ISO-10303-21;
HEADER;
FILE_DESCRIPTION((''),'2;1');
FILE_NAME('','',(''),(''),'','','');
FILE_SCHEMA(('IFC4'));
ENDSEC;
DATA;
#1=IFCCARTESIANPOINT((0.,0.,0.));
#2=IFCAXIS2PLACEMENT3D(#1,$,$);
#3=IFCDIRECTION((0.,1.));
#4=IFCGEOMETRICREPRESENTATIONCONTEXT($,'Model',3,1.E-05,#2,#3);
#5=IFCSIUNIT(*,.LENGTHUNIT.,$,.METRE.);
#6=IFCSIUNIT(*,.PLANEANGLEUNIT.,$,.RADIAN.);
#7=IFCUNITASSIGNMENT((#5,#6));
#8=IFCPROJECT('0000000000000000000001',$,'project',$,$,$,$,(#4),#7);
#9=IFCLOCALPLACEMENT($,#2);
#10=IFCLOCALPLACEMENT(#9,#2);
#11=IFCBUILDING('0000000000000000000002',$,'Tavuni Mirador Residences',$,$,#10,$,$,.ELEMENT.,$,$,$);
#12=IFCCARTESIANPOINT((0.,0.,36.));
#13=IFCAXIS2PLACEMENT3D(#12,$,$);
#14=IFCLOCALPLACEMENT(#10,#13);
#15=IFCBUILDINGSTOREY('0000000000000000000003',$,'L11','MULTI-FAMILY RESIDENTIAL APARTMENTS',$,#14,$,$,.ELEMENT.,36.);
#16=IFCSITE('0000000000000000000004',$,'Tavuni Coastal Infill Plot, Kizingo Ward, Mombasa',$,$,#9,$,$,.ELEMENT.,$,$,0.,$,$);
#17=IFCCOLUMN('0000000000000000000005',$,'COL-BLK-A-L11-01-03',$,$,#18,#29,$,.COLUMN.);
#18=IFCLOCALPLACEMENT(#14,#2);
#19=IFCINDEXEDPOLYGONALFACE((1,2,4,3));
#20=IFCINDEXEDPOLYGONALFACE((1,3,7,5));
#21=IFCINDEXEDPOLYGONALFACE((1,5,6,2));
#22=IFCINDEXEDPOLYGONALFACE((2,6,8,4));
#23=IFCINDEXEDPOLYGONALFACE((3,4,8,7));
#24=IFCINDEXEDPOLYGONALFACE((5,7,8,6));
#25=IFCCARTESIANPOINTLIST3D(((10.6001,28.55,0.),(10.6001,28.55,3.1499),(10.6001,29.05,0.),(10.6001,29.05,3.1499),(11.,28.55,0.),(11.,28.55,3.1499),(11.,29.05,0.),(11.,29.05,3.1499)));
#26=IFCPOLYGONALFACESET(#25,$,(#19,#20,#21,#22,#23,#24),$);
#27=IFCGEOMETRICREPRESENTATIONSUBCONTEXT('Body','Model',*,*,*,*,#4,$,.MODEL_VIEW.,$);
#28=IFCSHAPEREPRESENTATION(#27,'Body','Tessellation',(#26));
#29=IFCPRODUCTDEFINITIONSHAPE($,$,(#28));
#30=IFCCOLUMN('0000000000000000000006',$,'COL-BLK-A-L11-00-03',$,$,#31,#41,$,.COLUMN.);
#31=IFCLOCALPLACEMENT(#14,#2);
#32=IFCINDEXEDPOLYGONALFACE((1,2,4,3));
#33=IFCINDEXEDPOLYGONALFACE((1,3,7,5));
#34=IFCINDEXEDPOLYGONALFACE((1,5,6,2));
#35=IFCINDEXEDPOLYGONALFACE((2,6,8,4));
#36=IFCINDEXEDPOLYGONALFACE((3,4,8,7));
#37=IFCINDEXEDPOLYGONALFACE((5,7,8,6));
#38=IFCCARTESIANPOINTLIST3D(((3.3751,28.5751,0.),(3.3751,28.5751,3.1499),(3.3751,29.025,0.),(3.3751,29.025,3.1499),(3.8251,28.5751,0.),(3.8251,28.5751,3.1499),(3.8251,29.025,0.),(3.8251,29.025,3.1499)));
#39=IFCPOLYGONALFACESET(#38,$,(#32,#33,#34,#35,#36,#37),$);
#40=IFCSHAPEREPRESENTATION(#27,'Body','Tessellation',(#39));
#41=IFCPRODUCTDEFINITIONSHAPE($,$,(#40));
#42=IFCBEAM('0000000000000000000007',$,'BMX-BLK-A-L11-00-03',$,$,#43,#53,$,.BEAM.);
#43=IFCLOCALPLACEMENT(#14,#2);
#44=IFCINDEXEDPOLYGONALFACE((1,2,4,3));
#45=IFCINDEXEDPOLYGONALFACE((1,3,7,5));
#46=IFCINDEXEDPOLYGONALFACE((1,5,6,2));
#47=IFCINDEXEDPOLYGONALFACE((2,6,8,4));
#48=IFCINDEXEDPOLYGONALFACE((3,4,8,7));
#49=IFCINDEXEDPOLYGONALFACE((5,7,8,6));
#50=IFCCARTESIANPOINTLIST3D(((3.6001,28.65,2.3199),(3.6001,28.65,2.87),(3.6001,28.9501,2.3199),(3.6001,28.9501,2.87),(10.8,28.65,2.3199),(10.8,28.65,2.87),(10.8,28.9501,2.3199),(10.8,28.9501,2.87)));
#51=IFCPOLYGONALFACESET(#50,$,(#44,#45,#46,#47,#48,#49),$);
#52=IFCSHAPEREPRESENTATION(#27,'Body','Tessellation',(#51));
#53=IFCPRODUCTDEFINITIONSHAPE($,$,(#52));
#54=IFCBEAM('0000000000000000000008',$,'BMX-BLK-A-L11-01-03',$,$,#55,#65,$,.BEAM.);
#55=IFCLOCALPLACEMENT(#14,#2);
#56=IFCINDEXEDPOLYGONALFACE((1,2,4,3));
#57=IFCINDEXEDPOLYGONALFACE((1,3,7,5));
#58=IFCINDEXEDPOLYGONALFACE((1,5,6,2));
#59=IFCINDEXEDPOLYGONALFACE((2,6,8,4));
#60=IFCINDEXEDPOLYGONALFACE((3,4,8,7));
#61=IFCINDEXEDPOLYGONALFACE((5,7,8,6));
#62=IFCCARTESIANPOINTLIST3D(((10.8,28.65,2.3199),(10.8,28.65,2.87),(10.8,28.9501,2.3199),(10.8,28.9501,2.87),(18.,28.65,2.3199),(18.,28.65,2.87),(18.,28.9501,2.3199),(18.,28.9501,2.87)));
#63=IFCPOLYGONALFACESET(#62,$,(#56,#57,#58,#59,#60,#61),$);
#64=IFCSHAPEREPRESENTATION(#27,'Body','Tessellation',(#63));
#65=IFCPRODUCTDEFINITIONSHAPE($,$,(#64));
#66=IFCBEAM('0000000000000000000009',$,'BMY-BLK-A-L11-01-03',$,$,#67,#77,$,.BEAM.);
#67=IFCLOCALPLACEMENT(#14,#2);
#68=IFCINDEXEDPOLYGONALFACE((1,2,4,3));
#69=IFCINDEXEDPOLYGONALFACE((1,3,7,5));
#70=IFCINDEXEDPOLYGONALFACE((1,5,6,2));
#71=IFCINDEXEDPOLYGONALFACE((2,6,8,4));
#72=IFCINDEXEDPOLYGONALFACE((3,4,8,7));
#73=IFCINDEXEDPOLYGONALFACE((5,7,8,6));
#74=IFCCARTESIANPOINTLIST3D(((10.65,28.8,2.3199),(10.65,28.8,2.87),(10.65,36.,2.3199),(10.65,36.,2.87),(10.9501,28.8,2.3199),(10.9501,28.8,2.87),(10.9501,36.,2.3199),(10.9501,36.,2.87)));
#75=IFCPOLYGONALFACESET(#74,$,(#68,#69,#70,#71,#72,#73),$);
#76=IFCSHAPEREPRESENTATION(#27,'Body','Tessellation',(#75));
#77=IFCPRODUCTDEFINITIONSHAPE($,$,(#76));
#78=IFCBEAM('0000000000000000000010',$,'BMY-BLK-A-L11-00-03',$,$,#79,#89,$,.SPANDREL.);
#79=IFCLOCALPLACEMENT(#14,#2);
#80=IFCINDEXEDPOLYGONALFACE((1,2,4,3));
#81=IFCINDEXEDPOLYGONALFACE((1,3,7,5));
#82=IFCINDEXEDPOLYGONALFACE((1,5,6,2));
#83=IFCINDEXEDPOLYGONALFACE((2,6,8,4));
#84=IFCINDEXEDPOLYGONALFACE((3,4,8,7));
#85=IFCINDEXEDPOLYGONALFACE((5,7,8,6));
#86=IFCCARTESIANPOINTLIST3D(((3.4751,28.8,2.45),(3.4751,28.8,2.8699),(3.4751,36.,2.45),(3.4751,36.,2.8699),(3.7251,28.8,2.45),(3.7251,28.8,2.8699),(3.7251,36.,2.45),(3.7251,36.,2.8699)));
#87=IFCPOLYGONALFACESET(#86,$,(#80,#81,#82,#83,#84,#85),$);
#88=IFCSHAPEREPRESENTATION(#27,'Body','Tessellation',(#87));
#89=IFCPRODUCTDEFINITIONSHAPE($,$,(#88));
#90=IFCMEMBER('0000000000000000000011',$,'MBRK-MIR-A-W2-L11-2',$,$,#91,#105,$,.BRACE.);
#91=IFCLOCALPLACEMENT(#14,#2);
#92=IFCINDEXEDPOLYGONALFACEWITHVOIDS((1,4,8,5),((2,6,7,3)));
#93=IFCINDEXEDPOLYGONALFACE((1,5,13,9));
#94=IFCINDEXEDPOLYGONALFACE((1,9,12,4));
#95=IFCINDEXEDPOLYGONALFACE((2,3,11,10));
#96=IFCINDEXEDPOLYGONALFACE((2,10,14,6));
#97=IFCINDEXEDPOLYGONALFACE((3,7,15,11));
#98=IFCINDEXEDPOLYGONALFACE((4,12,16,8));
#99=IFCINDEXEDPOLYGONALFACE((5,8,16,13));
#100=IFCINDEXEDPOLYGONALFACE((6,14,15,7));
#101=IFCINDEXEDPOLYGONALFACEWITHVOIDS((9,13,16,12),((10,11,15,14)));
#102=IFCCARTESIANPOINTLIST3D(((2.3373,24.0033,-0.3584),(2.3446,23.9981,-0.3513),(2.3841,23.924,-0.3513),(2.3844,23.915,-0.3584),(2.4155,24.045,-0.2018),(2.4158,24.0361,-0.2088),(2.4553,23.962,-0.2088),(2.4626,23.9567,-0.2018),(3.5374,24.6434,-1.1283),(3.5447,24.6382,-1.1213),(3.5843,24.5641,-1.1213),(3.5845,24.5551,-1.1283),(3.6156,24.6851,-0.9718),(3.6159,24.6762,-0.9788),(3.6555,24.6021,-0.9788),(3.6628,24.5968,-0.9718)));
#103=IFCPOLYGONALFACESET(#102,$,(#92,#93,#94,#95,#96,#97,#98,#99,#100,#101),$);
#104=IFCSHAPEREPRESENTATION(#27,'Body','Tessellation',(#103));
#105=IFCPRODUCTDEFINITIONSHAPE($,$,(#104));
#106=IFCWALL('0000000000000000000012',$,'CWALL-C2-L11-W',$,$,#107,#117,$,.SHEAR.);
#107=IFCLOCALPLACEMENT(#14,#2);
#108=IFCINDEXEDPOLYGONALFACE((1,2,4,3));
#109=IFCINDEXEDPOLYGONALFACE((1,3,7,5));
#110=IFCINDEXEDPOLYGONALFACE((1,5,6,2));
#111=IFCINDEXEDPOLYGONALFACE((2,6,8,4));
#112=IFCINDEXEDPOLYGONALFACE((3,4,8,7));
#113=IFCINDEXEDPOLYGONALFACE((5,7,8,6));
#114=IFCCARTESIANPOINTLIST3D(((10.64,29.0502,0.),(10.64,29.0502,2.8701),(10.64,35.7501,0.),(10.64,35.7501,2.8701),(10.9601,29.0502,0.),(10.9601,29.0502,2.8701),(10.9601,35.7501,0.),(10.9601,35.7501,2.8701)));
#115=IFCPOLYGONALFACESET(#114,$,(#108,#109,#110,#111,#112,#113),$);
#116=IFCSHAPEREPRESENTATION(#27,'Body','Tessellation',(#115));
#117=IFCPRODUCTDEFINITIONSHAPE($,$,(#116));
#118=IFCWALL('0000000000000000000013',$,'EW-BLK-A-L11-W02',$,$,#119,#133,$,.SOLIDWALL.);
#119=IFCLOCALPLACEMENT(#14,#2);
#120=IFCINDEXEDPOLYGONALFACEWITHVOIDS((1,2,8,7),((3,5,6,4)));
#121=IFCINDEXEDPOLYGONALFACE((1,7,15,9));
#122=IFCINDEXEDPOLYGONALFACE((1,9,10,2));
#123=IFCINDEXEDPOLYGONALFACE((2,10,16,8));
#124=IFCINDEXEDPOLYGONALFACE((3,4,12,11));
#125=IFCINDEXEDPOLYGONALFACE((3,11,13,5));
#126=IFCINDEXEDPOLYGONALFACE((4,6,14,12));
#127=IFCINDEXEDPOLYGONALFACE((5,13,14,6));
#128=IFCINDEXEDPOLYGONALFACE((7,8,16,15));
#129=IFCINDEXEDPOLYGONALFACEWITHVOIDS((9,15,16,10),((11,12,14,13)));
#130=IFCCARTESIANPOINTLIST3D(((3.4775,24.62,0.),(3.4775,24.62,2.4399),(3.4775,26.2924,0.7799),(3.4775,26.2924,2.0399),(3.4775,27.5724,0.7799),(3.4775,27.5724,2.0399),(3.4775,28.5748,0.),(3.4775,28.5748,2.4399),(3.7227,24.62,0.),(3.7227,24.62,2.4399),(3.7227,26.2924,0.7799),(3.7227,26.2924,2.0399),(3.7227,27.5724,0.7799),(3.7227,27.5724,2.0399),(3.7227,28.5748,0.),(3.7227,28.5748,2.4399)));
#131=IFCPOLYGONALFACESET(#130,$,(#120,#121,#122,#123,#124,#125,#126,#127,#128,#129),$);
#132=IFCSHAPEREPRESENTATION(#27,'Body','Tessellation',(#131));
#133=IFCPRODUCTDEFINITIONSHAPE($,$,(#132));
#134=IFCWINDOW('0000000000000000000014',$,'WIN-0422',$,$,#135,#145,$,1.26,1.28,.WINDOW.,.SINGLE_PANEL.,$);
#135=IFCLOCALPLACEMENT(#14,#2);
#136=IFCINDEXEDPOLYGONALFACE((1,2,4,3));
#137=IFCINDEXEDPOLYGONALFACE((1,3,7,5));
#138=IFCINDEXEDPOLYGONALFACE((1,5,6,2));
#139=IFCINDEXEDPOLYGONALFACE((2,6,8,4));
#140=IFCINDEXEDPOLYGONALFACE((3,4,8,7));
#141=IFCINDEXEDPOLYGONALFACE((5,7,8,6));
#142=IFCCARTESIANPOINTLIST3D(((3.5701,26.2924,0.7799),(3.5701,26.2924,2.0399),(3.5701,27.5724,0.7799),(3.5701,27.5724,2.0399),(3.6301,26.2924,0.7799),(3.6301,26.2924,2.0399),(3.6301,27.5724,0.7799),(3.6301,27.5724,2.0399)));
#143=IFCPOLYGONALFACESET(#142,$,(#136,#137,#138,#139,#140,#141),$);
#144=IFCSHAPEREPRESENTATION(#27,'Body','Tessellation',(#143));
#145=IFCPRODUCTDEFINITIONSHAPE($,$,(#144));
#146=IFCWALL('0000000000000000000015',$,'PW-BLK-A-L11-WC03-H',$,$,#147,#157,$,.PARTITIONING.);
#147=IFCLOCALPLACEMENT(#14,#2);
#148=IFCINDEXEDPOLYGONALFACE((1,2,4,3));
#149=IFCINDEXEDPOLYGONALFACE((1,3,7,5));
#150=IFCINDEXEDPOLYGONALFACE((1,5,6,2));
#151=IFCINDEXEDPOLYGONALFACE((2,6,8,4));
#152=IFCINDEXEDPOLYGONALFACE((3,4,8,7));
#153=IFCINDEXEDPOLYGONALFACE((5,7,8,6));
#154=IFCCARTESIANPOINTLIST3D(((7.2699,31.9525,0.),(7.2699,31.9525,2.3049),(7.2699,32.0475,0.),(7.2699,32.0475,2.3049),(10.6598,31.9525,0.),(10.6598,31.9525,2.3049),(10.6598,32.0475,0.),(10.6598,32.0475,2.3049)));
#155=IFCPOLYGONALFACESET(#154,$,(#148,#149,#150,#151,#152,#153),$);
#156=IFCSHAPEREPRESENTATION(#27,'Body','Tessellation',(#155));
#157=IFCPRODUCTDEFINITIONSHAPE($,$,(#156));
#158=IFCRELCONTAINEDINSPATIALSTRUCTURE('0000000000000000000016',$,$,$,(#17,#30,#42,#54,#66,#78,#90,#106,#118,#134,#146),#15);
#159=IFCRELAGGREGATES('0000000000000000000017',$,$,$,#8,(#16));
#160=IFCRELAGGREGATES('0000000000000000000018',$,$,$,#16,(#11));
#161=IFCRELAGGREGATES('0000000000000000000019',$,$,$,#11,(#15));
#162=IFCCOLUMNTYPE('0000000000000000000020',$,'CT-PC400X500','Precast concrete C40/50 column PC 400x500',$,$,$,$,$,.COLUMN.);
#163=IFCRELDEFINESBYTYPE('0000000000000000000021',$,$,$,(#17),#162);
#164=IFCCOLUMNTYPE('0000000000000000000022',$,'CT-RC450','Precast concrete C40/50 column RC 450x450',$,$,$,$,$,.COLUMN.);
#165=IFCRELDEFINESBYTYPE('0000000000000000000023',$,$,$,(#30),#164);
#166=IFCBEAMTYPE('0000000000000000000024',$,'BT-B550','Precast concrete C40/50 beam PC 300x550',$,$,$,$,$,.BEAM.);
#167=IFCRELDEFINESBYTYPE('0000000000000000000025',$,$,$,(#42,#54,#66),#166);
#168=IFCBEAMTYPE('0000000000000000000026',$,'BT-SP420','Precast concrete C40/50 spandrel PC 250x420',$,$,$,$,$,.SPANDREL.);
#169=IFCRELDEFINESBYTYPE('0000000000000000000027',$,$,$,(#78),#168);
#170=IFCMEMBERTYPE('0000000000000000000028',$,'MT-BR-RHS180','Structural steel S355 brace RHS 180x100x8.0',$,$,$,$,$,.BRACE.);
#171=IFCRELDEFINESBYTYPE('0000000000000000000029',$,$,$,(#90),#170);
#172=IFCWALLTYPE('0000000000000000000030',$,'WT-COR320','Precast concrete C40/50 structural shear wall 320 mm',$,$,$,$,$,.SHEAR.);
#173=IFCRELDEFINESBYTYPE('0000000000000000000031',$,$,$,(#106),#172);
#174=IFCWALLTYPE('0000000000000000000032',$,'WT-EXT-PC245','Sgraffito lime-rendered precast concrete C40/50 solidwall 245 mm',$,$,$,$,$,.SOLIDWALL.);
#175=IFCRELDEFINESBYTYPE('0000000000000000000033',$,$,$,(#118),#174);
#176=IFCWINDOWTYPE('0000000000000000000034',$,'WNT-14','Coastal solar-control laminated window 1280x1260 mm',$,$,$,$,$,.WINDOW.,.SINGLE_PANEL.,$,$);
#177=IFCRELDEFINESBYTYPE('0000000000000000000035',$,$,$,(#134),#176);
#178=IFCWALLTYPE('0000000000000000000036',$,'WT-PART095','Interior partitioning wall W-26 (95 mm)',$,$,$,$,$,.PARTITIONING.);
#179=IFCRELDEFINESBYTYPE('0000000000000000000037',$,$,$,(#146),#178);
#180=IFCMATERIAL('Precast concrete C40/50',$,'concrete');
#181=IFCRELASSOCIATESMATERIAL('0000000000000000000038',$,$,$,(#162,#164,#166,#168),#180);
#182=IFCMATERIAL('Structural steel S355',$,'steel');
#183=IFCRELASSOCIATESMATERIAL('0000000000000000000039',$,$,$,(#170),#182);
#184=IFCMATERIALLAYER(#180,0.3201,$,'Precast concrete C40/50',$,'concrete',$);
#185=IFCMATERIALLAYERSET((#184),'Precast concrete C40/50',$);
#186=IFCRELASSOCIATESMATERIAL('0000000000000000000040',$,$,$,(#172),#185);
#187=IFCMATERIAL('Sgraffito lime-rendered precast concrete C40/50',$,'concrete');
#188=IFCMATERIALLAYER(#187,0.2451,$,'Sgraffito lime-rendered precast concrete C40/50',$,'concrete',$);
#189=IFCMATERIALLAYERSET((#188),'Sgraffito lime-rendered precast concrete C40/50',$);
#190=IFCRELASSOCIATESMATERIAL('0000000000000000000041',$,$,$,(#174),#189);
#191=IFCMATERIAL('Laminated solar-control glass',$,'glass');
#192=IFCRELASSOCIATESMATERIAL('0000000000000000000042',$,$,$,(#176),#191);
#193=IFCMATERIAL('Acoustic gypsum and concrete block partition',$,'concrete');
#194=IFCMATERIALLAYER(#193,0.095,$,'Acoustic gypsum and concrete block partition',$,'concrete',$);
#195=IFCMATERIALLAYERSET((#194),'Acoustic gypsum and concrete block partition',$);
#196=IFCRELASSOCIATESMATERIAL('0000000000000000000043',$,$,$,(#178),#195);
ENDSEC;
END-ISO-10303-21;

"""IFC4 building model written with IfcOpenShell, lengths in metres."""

from ifc_helpers import new_model, si_unit, direction, frame, frame_2d, origin, origin_2d, place, context, subcontext, project, spatial, rectangle, hollow_rectangle, extrude, material, layer, layer_set, material_profile, profile_set, type_object, element, fill, save


model = new_model("IFC4")

# Units and contexts
model_context = context("Model", 3, precision=1e-05, world=origin(), true_north=direction((0.0, 1.0)))
body_context = subcontext(model_context, "Body", "Model", "MODEL_VIEW")
ifc_project = project(units=[si_unit("LENGTHUNIT", "METRE"), si_unit("PLANEANGLEUNIT", "RADIAN")], contexts=[model_context])

# Site, building, storey
site_placement = place(None, origin())
site = spatial("IfcSite", under=ifc_project, at=site_placement, Name="Tavuni Coastal Infill Plot, Kizingo Ward, Mombasa", CompositionType="ELEMENT", RefElevation=0.0)
building_placement = place(site_placement, origin())
building = spatial("IfcBuilding", under=site, at=building_placement, Name="Tavuni Mirador Residences", CompositionType="ELEMENT")
storey_placement = place(building_placement, frame((0.0, 0.0, 36.0)))
storey = spatial("IfcBuildingStorey", under=building, at=storey_placement, Name="L11", Description="MULTI-FAMILY RESIDENTIAL APARTMENTS", CompositionType="ELEMENT", Elevation=36.0)

# Columns
ifc_material_1 = material(Name="Precast concrete C40/50", Category="concrete")
ifc_material_profile_1 = material_profile(ifc_material_1, rectangle(XDim=0.3999, YDim=0.5, at=origin_2d()), Name="PC 400x500", Category="concrete")
ifc_profile_set_1 = profile_set([ifc_material_profile_1], Name="Precast concrete C40/50")
column_type_1 = type_object("IfcColumnType", Name="CT-PC400X500", Description="Precast concrete C40/50 column PC 400x500", PredefinedType="COLUMN", material=ifc_profile_set_1)
column_1_placement = place(storey_placement, frame((10.8, 28.8, 0.0), z_axis=(0.0, 0.0, 1.0), x_axis=(1.0, 0.0, 0.0)))
element("IfcColumn", 1, at=column_1_placement, inside=storey, type_object=column_type_1, Name="COL-BLK-A-L11-01-03", PredefinedType="COLUMN", context=body_context, shape_type="SweptSolid", body=[
    extrude(rectangle(XDim=0.3999, YDim=0.5, at=origin_2d()), origin(), (0.0, 0.0, 1.0), 3.1499),
])
ifc_material_profile_2 = material_profile(ifc_material_1, rectangle(XDim=0.45, YDim=0.45, at=origin_2d()), Name="RC 450x450", Category="concrete")
ifc_profile_set_2 = profile_set([ifc_material_profile_2], Name="Precast concrete C40/50")
column_type_2 = type_object("IfcColumnType", Name="CT-RC450", Description="Precast concrete C40/50 column RC 450x450", PredefinedType="COLUMN", material=ifc_profile_set_2)
column_2_placement = place(storey_placement, frame((3.6001, 28.8, 0.0), z_axis=(0.0, 0.0, 1.0), x_axis=(1.0, 0.0, 0.0)))
element("IfcColumn", 2, at=column_2_placement, inside=storey, type_object=column_type_2, Name="COL-BLK-A-L11-00-03", PredefinedType="COLUMN", context=body_context, shape_type="SweptSolid", body=[
    extrude(rectangle(XDim=0.45, YDim=0.45, at=origin_2d()), origin(), (0.0, 0.0, 1.0), 3.1499),
])

# Beams
ifc_material_profile_3 = material_profile(ifc_material_1, rectangle(XDim=0.3, YDim=0.55, at=origin_2d()), Name="PC 300x550", Category="concrete")
ifc_profile_set_3 = profile_set([ifc_material_profile_3], Name="Precast concrete C40/50")
beam_type_1 = type_object("IfcBeamType", Name="BT-B550", Description="Precast concrete C40/50 beam PC 300x550", PredefinedType="BEAM", material=ifc_profile_set_3)
for number, where, z_axis, x_axis, name in (
    (3, (3.6001, 28.8, 2.595), (1.0, 0.0, 0.0), (0.0, 1.0, 0.0), "BMX-BLK-A-L11-00-03"),
    (4, (10.8, 28.8, 2.595), (1.0, 0.0, 0.0), (0.0, 1.0, 0.0), "BMX-BLK-A-L11-01-03"),
    (5, (10.8, 28.8, 2.595), (0.0, 1.0, 0.0), (-1.0, 0.0, 0.0), "BMY-BLK-A-L11-01-03"),
):
    element("IfcBeam", number, at=place(storey_placement, frame(where, z_axis=z_axis, x_axis=x_axis)), inside=storey, type_object=beam_type_1, Name=name, PredefinedType="BEAM", context=body_context, shape_type="SweptSolid", body=[
        extrude(rectangle(XDim=0.3, YDim=0.55, at=origin_2d()), origin(), (0.0, 0.0, 1.0), 7.2),
    ])
ifc_material_profile_4 = material_profile(ifc_material_1, rectangle(XDim=0.25, YDim=0.4199, at=origin_2d()), Name="PC 250x420", Category="concrete")
ifc_profile_set_4 = profile_set([ifc_material_profile_4], Name="Precast concrete C40/50")
beam_type_2 = type_object("IfcBeamType", Name="BT-SP420", Description="Precast concrete C40/50 spandrel PC 250x420", PredefinedType="SPANDREL", material=ifc_profile_set_4)
beam_placement = place(storey_placement, frame((3.6001, 28.8, 2.6599), z_axis=(0.0, 1.0, 0.0), x_axis=(-1.0, 0.0, 0.0)))
element("IfcBeam", 6, at=beam_placement, inside=storey, type_object=beam_type_2, Name="BMY-BLK-A-L11-00-03", PredefinedType="SPANDREL", context=body_context, shape_type="SweptSolid", body=[
    extrude(rectangle(XDim=0.25, YDim=0.4199, at=origin_2d()), origin(), (0.0, 0.0, 1.0), 7.2),
])

# Member
ifc_material_2 = material(Name="Structural steel S355", Category="steel")
ifc_material_profile_5 = material_profile(ifc_material_2, hollow_rectangle(XDim=0.1001, YDim=0.1799, WallThickness=0.0081, at=origin_2d()), Name="RHS 180x100x8.0", Category="steel")
ifc_profile_set_5 = profile_set([ifc_material_profile_5], Name="Structural steel S355")
member_type = type_object("IfcMemberType", Name="MT-BR-RHS180", Description="Structural steel S355 brace RHS 180x100x8.0", PredefinedType="BRACE", material=ifc_profile_set_5)
member_placement = place(storey_placement, frame((3.6001, 24.6201, -1.05), z_axis=(-0.767847, -0.409539, 0.492634), x_axis=(0.470607, -0.882343, 0.0)))
element("IfcMember", 7, at=member_placement, inside=storey, type_object=member_type, Name="MBRK-MIR-A-W2-L11-2", PredefinedType="BRACE", context=body_context, shape_type="SweptSolid", body=[
    extrude(hollow_rectangle(XDim=0.1001, YDim=0.1799, WallThickness=0.0081, at=origin_2d()), origin(), (0.0, 0.0, 1.0), 1.563),
])

# Wall
ifc_layer_1 = layer(ifc_material_1, 0.3201, Name="Precast concrete C40/50", Category="concrete")
ifc_layer_set_1 = layer_set([ifc_layer_1], Name="Precast concrete C40/50")
wall_type_1 = type_object("IfcWallType", Name="WT-COR320", Description="Precast concrete C40/50 structural shear wall 320 mm", PredefinedType="SHEAR", material=ifc_layer_set_1)
wall_1_placement = place(storey_placement, frame((10.8, 29.05, 0.0), z_axis=(0.0, 0.0, 1.0), x_axis=(0.0, 1.0, 0.0)))
element("IfcWall", 8, at=wall_1_placement, inside=storey, type_object=wall_type_1, Name="CWALL-C2-L11-W", PredefinedType="SHEAR", context=body_context, shape_type="SweptSolid", body=[
    extrude(rectangle(XDim=6.7, YDim=0.3201, at=frame_2d((3.3501, 0.0))), origin(), (0.0, 0.0, 1.0), 2.8701),
])

# Wall, opening, window
ifc_material_3 = material(Name="Sgraffito lime-rendered precast concrete C40/50", Category="concrete")
ifc_layer_2 = layer(ifc_material_3, 0.2451, Name="Sgraffito lime-rendered precast concrete C40/50", Category="concrete")
ifc_layer_set_2 = layer_set([ifc_layer_2], Name="Sgraffito lime-rendered precast concrete C40/50")
wall_type_2 = type_object("IfcWallType", Name="WT-EXT-PC245", Description="Sgraffito lime-rendered precast concrete C40/50 solidwall 245 mm", PredefinedType="SOLIDWALL", material=ifc_layer_set_2)
wall_2_placement = place(storey_placement, frame((3.6001, 28.575, 0.0), z_axis=(0.0, 0.0, 1.0), x_axis=(0.0, -1.0, 0.0)))
wall_2 = element("IfcWall", 9, at=wall_2_placement, inside=storey, type_object=wall_type_2, Name="EW-BLK-A-L11-W02", PredefinedType="SOLIDWALL", context=body_context, shape_type="SweptSolid", body=[
    extrude(rectangle(XDim=3.9548, YDim=0.2451, at=frame_2d((1.9775, 0.0))), origin(), (0.0, 0.0, 1.0), 2.4399),
])
opening_1_placement = place(wall_2_placement, frame((1.0024, 0.0, 0.78)))
opening_1 = element("IfcOpeningElement", 10, at=opening_1_placement, cuts=wall_2, PredefinedType="OPENING", context=body_context, shape_type="SweptSolid", body=[
    extrude(rectangle(XDim=1.28, YDim=1.26, at=frame_2d((0.6401, 0.6299))), frame((0.0, 0.1326, 0.0), z_axis=(0.0, -1.0, 0.0), x_axis=(1.0, 0.0, 0.0)), (0.0, 0.0, 1.0), 0.2651),
])
ifc_material_4 = material(Name="Laminated solar-control glass", Category="glass")
window_type = type_object("IfcWindowType", Name="WNT-14", Description="Coastal solar-control laminated window 1280x1260 mm", PartitioningType="SINGLE_PANEL", PredefinedType="WINDOW", material=ifc_material_4)
window_placement = place(opening_1_placement, origin())
window = element("IfcWindow", 11, at=window_placement, inside=storey, type_object=window_type, Name="WIN-0422", OverallHeight=1.26, OverallWidth=1.28, PartitioningType="SINGLE_PANEL", PredefinedType="WINDOW", context=body_context, shape_type="SweptSolid", body=[
    extrude(rectangle(XDim=1.28, YDim=1.26, at=frame_2d((0.6401, 0.6299))), frame((0.0, 0.03, 0.0), z_axis=(0.0, -1.0, 0.0), x_axis=(1.0, 0.0, 0.0)), (0.0, 0.0, 1.0), 0.0601),
])
fill(opening_1, window)

# Wall
ifc_material_5 = material(Name="Acoustic gypsum and concrete block partition", Category="concrete")
ifc_layer_3 = layer(ifc_material_5, 0.095, Name="Acoustic gypsum and concrete block partition", Category="concrete")
ifc_layer_set_3 = layer_set([ifc_layer_3], Name="Acoustic gypsum and concrete block partition")
wall_type_3 = type_object("IfcWallType", Name="WT-PART095", Description="Interior partitioning wall W-26 (95 mm)", PredefinedType="PARTITIONING", material=ifc_layer_set_3)
wall_3_placement = place(storey_placement, frame((7.27, 32.0, 0.0), z_axis=(0.0, 0.0, 1.0), x_axis=(1.0, 0.0, 0.0)))
element("IfcWall", 12, at=wall_3_placement, inside=storey, type_object=wall_type_3, Name="PW-BLK-A-L11-WC03-H", PredefinedType="PARTITIONING", context=body_context, shape_type="SweptSolid", body=[
    extrude(rectangle(XDim=3.3899, YDim=0.095, at=frame_2d((1.6948, 0.0))), origin(), (0.0, 0.0, 1.0), 2.3049),
])

save(model, "model.ifc")
